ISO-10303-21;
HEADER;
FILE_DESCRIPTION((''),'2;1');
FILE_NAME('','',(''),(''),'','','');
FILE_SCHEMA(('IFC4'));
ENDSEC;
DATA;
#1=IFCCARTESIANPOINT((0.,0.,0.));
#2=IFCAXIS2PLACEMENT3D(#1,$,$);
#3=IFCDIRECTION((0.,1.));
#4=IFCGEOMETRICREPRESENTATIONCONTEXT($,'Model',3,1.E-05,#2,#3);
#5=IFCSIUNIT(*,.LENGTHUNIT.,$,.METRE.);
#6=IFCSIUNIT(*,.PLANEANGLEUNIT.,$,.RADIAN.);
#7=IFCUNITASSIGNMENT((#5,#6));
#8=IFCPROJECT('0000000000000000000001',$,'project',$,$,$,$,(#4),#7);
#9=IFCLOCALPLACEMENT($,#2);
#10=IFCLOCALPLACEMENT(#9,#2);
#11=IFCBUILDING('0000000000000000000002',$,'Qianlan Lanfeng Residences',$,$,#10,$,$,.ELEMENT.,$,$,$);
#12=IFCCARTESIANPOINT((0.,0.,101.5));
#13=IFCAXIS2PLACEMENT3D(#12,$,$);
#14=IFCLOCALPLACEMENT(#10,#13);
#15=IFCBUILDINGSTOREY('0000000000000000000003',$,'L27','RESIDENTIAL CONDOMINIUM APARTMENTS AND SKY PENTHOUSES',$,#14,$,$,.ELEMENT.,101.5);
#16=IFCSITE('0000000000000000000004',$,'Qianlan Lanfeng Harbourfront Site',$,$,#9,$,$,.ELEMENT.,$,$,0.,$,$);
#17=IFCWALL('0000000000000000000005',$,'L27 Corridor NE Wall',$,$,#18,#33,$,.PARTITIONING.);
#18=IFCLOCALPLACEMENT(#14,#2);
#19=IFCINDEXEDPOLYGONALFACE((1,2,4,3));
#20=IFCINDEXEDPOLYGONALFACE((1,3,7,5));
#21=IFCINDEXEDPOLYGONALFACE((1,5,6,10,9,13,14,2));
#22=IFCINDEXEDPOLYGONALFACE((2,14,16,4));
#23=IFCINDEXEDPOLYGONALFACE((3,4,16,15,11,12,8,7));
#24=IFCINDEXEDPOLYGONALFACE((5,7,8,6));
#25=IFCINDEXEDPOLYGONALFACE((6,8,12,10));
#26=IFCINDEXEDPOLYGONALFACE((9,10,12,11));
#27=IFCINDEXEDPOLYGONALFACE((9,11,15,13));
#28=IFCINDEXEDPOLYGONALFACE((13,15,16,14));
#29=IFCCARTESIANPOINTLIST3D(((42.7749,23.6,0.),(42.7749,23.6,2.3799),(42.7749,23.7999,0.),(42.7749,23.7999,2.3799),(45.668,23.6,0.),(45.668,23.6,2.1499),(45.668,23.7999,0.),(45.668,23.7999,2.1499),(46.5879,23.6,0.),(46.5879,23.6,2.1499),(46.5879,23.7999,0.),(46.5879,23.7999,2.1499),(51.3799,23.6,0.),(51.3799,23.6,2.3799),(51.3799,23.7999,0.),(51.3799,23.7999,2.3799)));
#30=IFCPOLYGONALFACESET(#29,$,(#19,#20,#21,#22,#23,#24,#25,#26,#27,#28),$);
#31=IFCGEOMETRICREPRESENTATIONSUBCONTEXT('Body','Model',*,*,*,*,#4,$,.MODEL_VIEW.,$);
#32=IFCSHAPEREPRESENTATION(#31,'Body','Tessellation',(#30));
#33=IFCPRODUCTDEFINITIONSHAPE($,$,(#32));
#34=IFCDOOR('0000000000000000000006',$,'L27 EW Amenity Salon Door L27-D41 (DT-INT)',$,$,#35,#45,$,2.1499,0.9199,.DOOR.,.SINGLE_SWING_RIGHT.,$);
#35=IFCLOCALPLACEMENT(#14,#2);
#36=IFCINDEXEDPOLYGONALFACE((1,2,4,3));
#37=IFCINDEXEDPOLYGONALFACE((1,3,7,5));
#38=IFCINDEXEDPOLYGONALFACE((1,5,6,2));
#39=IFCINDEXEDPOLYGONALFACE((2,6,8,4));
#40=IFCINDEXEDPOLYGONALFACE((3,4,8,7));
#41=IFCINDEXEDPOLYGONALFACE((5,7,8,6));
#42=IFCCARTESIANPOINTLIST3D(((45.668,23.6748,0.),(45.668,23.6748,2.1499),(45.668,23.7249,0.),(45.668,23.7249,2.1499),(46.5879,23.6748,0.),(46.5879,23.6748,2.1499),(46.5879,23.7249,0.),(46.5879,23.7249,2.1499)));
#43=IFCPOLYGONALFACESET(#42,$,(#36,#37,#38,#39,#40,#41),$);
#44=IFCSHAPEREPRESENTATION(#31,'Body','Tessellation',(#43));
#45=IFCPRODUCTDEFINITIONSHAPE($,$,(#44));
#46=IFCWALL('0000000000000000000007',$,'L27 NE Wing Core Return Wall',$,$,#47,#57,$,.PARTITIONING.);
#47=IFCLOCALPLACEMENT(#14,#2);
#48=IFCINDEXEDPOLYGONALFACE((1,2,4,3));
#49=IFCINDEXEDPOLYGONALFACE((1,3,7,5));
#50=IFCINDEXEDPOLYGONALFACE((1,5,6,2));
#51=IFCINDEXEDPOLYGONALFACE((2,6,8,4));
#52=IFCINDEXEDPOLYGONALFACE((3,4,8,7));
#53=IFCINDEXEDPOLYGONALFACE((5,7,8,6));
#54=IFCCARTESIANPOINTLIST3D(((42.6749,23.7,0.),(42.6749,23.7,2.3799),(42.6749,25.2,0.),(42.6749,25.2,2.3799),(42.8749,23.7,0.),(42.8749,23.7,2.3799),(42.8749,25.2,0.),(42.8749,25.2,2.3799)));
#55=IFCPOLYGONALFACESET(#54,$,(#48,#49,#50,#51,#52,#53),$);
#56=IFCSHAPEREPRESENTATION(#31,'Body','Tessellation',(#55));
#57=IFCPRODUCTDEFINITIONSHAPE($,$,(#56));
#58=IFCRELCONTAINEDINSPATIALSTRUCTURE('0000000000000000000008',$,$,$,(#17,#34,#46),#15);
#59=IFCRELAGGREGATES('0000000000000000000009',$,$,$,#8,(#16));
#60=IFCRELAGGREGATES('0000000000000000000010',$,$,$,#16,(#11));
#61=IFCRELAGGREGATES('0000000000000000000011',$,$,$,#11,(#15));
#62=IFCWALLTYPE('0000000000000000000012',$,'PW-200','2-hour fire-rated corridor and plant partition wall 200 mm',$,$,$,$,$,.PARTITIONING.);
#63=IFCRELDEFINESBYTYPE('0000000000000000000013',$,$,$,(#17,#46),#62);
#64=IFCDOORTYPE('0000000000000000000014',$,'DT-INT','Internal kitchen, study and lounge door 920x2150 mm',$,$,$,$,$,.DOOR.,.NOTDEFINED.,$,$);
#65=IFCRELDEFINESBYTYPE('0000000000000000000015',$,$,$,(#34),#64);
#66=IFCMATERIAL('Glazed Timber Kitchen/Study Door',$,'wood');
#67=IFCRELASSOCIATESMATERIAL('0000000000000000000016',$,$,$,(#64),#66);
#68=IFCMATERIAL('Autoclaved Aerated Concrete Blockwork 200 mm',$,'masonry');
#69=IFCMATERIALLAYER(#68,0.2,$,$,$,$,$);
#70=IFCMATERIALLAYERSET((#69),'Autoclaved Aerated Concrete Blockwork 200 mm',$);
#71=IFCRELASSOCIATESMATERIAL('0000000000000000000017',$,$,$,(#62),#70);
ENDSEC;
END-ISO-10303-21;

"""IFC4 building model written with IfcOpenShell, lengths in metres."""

from ifc_helpers import new_model, si_unit, direction, frame, frame_2d, origin, place, context, subcontext, project, spatial, rectangle, extrude, material, layer, layer_set, type_object, element, fill, save


model = new_model("IFC4")

# Units and contexts
model_context = context("Model", 3, precision=1e-05, world=origin(), true_north=direction((0.0, 1.0)))
body_context = subcontext(model_context, "Body", "Model", "MODEL_VIEW")
ifc_project = project(units=[si_unit("LENGTHUNIT", "METRE"), si_unit("PLANEANGLEUNIT", "RADIAN")], contexts=[model_context])

# Site, building, storey
site_placement = place(None, origin())
site = spatial("IfcSite", under=ifc_project, at=site_placement, Name="Qianlan Lanfeng Harbourfront Site", CompositionType="ELEMENT", RefElevation=0.0)
building_placement = place(site_placement, origin())
building = spatial("IfcBuilding", under=site, at=building_placement, Name="Qianlan Lanfeng Residences", CompositionType="ELEMENT")
storey_placement = place(building_placement, frame((0.0, 0.0, 101.5)))
storey = spatial("IfcBuildingStorey", under=building, at=storey_placement, Name="L27", Description="RESIDENTIAL CONDOMINIUM APARTMENTS AND SKY PENTHOUSES", CompositionType="ELEMENT", Elevation=101.5)

# Wall, opening, door
ifc_material_1 = material(Name="Glazed Timber Kitchen/Study Door", Category="wood")
door_type = type_object("IfcDoorType", Name="DT-INT", Description="Internal kitchen, study and lounge door 920x2150 mm", OperationType="NOTDEFINED", PredefinedType="DOOR", material=ifc_material_1)
ifc_material_2 = material(Name="Autoclaved Aerated Concrete Blockwork 200 mm", Category="masonry")
ifc_layer_1 = layer(ifc_material_2, 0.2)
ifc_layer_set_1 = layer_set([ifc_layer_1], Name="Autoclaved Aerated Concrete Blockwork 200 mm")
wall_type_1 = type_object("IfcWallType", Name="PW-200", Description="2-hour fire-rated corridor and plant partition wall 200 mm", PredefinedType="PARTITIONING", material=ifc_layer_set_1)
wall_1_placement = place(storey_placement, frame((42.7749, 23.7, 0.0), z_axis=(0.0, 0.0, 1.0), x_axis=(1.0, 0.0, 0.0)))
wall_1 = element("IfcWall", 1, at=wall_1_placement, inside=storey, type_object=wall_type_1, Name="L27 Corridor NE Wall", PredefinedType="PARTITIONING", context=body_context, shape_type="SweptSolid", body=[
    extrude(rectangle(XDim=8.605, YDim=0.2, at=frame_2d((4.3025, 0.0))), origin(), (0.0, 0.0, 1.0), 2.3799),
])
opening_1_placement = place(wall_1_placement, frame((2.8931, 0.0, 0.0)))
opening_1 = element("IfcOpeningElement", 2, at=opening_1_placement, cuts=wall_1, PredefinedType="OPENING", context=body_context, shape_type="SweptSolid", body=[
    extrude(rectangle(XDim=0.9199, YDim=2.1499, at=frame_2d((0.46, 1.075))), frame((0.0, 0.1099, 0.0), z_axis=(0.0, -1.0, 0.0), x_axis=(1.0, 0.0, 0.0)), (0.0, 0.0, 1.0), 0.22),
])
door_1_placement = place(opening_1_placement, origin())
door_1 = element("IfcDoor", 3, at=door_1_placement, inside=storey, type_object=door_type, Name="L27 EW Amenity Salon Door L27-D41 (DT-INT)", OperationType="SINGLE_SWING_RIGHT", OverallHeight=2.1499, OverallWidth=0.9199, PredefinedType="DOOR", context=body_context, shape_type="SweptSolid", body=[
    extrude(rectangle(XDim=0.9199, YDim=2.1499, at=frame_2d((0.46, 1.075))), frame((0.0, 0.0249, 0.0), z_axis=(0.0, -1.0, 0.0), x_axis=(1.0, 0.0, 0.0)), (0.0, 0.0, 1.0), 0.05),
])
fill(opening_1, door_1)

# Wall
wall_2_placement = place(storey_placement, frame((42.7749, 23.7, 0.0), z_axis=(0.0, 0.0, 1.0), x_axis=(0.0, 1.0, 0.0)))
element("IfcWall", 4, at=wall_2_placement, inside=storey, type_object=wall_type_1, Name="L27 NE Wing Core Return Wall", PredefinedType="PARTITIONING", context=body_context, shape_type="SweptSolid", body=[
    extrude(rectangle(XDim=1.5, YDim=0.2, at=frame_2d((0.75, 0.0))), origin(), (0.0, 0.0, 1.0), 2.3799),
])

save(model, "model.ifc")
